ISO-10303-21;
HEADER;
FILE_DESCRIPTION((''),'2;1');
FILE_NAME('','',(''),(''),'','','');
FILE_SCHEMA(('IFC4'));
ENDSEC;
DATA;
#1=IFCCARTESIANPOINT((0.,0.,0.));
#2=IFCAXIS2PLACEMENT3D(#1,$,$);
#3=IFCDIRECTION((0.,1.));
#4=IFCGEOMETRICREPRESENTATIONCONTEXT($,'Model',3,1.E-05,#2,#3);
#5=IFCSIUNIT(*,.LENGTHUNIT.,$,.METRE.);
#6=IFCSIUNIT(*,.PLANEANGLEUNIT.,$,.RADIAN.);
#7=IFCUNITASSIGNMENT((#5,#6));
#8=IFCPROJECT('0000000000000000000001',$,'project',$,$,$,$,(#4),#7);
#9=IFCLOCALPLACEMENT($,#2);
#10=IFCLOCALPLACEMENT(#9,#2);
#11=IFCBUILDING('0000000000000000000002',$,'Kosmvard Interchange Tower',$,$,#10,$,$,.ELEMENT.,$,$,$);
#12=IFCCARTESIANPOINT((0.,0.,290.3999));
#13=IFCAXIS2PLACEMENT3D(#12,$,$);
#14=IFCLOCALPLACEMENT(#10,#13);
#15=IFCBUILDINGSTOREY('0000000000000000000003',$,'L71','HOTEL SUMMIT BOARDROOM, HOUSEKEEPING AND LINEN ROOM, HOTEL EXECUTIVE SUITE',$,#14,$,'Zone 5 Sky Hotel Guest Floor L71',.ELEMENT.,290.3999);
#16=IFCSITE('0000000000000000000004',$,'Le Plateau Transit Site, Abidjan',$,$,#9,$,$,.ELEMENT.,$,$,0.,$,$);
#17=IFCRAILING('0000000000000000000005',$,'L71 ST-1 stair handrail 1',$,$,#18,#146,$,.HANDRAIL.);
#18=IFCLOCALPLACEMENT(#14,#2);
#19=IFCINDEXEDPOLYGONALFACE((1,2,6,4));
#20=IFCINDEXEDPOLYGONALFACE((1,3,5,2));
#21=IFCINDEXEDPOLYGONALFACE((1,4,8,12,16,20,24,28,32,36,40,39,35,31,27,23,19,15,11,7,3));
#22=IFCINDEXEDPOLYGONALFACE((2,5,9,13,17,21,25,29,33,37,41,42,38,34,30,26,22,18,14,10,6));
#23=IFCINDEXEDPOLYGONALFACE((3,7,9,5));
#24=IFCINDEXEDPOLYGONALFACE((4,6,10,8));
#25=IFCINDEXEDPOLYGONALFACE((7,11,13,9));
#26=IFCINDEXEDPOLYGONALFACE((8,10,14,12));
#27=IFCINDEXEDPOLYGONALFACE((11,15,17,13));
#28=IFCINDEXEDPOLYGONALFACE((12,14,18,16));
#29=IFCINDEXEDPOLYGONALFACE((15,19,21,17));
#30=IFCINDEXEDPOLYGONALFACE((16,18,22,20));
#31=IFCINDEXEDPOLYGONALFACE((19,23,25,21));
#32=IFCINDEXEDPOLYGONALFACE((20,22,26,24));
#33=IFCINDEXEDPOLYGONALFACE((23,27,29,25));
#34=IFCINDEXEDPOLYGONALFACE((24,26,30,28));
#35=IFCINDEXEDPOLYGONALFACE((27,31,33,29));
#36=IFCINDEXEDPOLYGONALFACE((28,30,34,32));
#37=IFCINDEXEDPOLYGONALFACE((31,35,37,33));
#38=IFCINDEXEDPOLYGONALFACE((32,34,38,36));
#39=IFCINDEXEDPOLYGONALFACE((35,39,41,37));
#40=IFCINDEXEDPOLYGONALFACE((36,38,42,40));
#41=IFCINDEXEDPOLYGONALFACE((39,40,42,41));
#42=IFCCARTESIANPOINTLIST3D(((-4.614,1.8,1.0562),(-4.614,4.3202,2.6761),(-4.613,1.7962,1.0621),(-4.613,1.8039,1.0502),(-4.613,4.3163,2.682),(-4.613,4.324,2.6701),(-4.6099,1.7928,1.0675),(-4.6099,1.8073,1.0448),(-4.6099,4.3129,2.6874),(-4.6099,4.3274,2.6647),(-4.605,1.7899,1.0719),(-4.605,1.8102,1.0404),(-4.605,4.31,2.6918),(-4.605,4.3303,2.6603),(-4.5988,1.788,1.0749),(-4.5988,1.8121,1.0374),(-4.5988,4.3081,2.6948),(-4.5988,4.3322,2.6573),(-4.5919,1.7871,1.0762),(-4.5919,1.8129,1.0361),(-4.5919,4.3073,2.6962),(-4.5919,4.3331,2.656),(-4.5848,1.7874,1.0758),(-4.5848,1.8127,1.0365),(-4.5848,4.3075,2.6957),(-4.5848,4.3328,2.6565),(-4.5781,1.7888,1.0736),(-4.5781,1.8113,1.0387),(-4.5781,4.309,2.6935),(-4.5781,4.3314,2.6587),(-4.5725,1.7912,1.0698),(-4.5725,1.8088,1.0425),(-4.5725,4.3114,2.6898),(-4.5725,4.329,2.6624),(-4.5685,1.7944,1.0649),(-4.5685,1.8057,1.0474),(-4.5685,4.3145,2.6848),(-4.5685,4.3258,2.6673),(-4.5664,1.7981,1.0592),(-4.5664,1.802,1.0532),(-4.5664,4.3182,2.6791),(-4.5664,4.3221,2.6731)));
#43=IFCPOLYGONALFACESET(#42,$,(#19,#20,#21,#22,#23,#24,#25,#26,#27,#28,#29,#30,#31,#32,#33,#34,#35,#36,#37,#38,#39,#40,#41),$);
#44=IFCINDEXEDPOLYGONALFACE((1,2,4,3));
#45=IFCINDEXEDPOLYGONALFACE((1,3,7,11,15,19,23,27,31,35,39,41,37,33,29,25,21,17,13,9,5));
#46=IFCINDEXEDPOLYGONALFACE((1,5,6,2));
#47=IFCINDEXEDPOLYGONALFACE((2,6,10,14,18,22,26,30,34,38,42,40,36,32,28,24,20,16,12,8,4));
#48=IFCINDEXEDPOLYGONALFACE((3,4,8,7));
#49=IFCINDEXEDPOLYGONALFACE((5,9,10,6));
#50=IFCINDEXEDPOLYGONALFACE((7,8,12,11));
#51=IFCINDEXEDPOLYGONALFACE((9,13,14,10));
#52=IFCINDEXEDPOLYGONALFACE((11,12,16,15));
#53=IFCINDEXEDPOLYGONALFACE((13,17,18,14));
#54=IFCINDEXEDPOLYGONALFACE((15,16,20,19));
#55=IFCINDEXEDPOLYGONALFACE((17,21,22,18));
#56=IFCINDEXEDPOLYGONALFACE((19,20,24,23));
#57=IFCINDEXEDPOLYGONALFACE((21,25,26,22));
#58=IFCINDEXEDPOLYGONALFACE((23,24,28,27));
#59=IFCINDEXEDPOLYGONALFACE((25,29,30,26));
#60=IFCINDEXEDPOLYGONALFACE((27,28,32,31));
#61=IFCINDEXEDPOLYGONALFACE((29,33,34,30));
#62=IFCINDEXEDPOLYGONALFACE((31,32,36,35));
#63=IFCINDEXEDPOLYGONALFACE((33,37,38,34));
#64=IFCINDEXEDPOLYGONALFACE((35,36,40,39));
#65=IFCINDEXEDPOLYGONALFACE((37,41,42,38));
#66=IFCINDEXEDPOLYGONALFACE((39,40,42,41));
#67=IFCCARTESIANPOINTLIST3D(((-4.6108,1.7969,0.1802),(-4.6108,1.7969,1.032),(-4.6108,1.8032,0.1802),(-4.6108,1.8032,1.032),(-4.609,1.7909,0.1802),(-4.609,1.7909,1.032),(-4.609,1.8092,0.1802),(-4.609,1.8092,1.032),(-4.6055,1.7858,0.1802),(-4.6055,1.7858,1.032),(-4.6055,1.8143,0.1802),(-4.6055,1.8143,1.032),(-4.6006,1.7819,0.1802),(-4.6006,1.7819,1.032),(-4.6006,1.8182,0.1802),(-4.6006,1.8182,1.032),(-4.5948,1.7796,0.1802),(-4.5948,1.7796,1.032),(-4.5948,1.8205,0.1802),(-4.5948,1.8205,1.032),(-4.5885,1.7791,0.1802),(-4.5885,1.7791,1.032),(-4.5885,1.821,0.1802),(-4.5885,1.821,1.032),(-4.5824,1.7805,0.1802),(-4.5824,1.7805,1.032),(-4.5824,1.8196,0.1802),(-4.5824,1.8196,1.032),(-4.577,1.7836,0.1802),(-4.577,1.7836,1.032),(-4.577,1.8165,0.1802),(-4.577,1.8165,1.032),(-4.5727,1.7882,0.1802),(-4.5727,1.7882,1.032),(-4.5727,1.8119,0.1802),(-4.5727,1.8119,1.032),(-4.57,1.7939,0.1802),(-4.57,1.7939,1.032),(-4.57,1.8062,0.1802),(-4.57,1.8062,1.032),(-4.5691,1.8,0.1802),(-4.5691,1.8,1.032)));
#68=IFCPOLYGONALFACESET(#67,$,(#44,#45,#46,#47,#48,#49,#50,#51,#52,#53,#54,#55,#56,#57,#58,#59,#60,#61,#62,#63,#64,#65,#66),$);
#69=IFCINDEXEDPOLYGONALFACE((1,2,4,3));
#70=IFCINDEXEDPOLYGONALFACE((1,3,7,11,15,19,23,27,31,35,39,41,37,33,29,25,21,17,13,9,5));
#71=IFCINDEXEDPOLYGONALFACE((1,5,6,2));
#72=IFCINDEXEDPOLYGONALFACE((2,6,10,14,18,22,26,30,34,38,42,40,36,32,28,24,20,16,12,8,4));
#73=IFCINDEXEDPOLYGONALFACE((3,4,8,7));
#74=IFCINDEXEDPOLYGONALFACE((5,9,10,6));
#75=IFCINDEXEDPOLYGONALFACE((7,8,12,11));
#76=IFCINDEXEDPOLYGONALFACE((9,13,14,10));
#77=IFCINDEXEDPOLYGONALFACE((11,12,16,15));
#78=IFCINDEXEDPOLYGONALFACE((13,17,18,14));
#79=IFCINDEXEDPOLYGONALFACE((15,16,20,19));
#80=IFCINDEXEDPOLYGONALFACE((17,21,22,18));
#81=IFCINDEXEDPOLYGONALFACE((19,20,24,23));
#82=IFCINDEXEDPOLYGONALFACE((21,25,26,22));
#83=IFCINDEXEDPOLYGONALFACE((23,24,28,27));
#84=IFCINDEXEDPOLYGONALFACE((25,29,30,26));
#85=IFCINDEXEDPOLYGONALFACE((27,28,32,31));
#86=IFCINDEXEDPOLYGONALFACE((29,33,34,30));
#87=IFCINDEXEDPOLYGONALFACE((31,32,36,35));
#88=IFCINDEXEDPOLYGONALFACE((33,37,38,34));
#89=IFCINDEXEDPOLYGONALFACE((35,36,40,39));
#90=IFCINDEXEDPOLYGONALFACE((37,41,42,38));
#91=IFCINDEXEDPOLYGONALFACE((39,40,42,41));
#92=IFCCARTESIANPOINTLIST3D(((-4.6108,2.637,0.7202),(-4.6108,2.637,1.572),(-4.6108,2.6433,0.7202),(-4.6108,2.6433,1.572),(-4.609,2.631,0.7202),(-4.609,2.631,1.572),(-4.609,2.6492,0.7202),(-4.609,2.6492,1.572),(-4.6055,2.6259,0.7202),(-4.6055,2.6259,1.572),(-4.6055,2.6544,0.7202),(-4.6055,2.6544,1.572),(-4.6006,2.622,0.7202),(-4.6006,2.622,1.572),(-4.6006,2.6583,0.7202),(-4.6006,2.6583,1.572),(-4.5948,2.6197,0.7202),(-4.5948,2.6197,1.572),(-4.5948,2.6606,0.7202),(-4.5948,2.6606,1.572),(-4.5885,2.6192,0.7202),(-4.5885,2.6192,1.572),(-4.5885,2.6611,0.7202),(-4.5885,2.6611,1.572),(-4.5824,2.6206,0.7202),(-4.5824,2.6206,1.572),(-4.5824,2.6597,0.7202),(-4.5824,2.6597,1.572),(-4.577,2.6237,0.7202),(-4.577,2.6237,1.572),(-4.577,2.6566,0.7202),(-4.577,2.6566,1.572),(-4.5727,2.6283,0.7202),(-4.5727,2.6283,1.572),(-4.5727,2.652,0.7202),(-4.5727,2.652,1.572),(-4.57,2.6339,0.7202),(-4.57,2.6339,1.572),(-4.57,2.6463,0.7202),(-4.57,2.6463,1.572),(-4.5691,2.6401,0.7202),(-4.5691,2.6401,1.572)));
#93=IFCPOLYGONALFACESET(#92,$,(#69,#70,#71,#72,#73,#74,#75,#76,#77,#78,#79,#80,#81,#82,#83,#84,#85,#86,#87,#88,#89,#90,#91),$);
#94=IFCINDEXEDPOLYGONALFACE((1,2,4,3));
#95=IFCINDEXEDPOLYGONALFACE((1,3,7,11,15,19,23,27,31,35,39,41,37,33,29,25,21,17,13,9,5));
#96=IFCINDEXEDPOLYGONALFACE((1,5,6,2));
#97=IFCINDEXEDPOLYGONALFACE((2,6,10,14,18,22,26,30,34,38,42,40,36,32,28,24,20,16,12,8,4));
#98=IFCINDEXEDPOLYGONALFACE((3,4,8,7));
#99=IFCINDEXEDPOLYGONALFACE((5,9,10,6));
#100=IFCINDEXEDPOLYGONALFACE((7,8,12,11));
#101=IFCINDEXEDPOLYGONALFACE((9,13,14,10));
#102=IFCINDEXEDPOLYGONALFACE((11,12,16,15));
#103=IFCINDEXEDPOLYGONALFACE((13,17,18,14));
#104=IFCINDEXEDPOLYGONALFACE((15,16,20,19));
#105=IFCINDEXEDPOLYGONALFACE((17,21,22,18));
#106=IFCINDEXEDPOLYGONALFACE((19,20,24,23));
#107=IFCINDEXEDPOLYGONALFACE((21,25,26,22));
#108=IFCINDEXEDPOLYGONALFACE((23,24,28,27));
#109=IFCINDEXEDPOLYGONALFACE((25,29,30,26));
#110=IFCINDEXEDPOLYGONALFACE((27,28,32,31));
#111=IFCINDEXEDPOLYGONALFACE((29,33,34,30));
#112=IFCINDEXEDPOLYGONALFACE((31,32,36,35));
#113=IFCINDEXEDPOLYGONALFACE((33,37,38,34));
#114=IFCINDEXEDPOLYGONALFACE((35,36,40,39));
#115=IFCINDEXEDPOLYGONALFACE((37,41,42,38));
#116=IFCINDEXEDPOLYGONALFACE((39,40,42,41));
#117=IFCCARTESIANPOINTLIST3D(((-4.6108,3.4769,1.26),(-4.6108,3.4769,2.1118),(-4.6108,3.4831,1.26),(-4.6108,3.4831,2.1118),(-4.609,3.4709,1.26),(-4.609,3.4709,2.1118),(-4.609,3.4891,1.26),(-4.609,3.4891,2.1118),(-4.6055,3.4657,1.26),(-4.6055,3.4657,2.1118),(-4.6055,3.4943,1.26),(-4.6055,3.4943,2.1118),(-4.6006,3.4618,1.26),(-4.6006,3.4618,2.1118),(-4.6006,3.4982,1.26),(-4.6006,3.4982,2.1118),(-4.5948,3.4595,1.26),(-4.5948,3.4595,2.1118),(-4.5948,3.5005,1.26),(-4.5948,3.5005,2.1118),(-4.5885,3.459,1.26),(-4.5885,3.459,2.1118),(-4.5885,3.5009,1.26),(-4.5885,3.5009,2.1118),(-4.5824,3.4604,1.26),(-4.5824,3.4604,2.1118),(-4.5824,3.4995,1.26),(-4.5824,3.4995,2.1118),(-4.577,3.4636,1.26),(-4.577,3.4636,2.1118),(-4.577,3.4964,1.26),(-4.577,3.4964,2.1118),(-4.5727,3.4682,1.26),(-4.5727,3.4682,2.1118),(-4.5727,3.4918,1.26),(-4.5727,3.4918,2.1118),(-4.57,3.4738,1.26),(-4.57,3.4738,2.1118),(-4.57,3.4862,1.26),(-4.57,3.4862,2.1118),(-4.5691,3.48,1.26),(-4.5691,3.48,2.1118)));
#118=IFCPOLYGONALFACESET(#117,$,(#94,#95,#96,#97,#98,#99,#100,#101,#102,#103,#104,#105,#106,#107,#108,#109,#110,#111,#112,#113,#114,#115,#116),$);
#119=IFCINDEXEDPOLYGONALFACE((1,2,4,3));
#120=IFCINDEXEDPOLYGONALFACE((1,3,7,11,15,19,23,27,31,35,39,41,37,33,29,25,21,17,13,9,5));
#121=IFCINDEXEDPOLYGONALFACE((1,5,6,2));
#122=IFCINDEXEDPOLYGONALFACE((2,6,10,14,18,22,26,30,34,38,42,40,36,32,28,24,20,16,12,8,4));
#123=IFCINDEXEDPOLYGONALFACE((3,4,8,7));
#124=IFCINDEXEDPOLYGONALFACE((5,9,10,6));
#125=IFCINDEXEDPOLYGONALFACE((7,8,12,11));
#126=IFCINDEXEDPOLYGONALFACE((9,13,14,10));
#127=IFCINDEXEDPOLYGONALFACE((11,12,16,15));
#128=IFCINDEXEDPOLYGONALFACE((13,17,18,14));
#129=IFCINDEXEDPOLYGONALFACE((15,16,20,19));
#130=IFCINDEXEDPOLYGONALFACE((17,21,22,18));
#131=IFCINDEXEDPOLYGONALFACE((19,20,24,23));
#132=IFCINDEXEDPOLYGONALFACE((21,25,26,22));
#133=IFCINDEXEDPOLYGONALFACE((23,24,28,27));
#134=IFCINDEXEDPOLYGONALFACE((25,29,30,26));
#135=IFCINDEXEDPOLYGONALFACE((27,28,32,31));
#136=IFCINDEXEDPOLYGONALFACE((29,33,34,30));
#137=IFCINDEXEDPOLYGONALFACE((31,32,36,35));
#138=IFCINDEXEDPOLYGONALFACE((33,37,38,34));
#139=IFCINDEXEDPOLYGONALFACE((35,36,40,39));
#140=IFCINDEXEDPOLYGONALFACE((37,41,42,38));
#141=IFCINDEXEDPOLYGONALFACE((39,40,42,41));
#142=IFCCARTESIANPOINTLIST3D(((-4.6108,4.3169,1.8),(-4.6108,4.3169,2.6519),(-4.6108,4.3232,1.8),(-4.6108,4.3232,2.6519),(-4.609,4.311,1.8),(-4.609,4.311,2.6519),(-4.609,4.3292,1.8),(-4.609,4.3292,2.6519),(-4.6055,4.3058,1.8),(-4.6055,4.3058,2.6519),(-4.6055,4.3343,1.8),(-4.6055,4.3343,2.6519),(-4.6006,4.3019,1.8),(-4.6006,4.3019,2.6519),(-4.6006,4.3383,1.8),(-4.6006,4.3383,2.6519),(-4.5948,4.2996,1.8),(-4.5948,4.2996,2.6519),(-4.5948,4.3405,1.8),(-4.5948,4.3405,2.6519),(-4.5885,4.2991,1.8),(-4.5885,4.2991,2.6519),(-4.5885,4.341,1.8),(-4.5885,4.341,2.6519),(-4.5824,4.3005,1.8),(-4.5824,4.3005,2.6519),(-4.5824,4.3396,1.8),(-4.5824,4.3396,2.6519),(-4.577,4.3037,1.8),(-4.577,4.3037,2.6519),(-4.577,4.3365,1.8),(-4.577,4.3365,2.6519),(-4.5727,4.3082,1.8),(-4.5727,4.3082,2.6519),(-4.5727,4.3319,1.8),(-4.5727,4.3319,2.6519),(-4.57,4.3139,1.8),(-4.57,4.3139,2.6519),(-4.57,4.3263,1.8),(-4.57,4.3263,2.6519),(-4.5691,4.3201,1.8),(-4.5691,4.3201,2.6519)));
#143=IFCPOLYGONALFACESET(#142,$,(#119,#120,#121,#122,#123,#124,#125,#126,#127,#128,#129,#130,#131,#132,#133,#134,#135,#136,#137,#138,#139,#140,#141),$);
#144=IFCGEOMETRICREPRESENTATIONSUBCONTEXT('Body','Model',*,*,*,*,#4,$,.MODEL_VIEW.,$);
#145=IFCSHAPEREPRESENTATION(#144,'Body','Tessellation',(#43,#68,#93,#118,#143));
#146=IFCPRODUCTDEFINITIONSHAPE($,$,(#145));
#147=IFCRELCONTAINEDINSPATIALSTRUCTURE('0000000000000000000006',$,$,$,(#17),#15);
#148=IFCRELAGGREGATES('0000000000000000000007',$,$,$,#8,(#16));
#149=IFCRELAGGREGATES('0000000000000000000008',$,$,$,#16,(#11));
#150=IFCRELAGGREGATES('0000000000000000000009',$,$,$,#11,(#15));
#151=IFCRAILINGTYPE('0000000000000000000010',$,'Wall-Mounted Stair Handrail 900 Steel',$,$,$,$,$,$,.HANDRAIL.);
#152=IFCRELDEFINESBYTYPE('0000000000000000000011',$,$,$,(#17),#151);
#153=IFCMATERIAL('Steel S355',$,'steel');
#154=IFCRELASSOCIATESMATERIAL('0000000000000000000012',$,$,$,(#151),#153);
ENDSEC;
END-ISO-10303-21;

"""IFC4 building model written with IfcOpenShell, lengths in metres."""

from ifc_helpers import new_model, si_unit, direction, frame, origin, origin_2d, place, context, subcontext, project, spatial, circle, extrude, source, transform, mapped, material, type_object, element, save


model = new_model("IFC4")

# Units and contexts
model_context = context("Model", 3, precision=1e-05, world=origin(), true_north=direction((0.0, 1.0)))
body_context = subcontext(model_context, "Body", "Model", "MODEL_VIEW")
ifc_project = project(units=[si_unit("LENGTHUNIT", "METRE"), si_unit("PLANEANGLEUNIT", "RADIAN")], contexts=[model_context])

# Site, building, storey
site_placement = place(None, origin())
site = spatial("IfcSite", under=ifc_project, at=site_placement, Name="Le Plateau Transit Site, Abidjan", CompositionType="ELEMENT", RefElevation=0.0)
building_placement = place(site_placement, origin())
building = spatial("IfcBuilding", under=site, at=building_placement, Name="Kosmvard Interchange Tower", CompositionType="ELEMENT")
storey_placement = place(building_placement, frame((0.0, 0.0, 290.3999)))
storey = spatial("IfcBuildingStorey", under=building, at=storey_placement, Name="L71", Description="HOTEL SUMMIT BOARDROOM, HOUSEKEEPING AND LINEN ROOM, HOTEL EXECUTIVE SUITE", LongName="Zone 5 Sky Hotel Guest Floor L71", CompositionType="ELEMENT", Elevation=290.3999)

# Shared definitions
ifc_material_1 = material(Name="Steel S355", Category="steel")

# Railing
railing_type_1 = type_object("IfcRailingType", Name="Wall-Mounted Stair Handrail 900 Steel", PredefinedType="HANDRAIL", material=ifc_material_1)
shared_shape_1 = source(origin(), body_context, "Body", "SweptSolid", [
    extrude(circle(Radius=0.0239, at=origin_2d()), frame((0.0, 0.0, 0.876), z_axis=(0.0, 0.8412, 0.540725), x_axis=(-1.0, 0.0, 0.0)), (0.0, 0.0, 1.0), 2.9958),
    extrude(circle(Radius=0.021, at=origin_2d()), origin(), (0.0, 0.0, 1.0), 0.8518),
    extrude(circle(Radius=0.021, at=origin_2d()), frame((0.0, 0.8401, 0.54)), (0.0, 0.0, 1.0), 0.8518),
    extrude(circle(Radius=0.021, at=origin_2d()), frame((0.0, 1.6799, 1.0798)), (0.0, 0.0, 1.0), 0.8518),
    extrude(circle(Radius=0.021, at=origin_2d()), frame((0.0, 2.52, 1.6199)), (0.0, 0.0, 1.0), 0.8518),
])
railing_1_placement = place(storey_placement, frame((-4.5901, 1.8, 0.1802)))
element("IfcRailing", 1, at=railing_1_placement, inside=storey, type_object=railing_type_1, Name="L71 ST-1 stair handrail 1", PredefinedType="HANDRAIL", context=body_context, shape_type="MappedRepresentation", body=[
    mapped(shared_shape_1, transform((0.0, 0.0, 0.0), scale=1.0)),
])

save(model, "model.ifc")
